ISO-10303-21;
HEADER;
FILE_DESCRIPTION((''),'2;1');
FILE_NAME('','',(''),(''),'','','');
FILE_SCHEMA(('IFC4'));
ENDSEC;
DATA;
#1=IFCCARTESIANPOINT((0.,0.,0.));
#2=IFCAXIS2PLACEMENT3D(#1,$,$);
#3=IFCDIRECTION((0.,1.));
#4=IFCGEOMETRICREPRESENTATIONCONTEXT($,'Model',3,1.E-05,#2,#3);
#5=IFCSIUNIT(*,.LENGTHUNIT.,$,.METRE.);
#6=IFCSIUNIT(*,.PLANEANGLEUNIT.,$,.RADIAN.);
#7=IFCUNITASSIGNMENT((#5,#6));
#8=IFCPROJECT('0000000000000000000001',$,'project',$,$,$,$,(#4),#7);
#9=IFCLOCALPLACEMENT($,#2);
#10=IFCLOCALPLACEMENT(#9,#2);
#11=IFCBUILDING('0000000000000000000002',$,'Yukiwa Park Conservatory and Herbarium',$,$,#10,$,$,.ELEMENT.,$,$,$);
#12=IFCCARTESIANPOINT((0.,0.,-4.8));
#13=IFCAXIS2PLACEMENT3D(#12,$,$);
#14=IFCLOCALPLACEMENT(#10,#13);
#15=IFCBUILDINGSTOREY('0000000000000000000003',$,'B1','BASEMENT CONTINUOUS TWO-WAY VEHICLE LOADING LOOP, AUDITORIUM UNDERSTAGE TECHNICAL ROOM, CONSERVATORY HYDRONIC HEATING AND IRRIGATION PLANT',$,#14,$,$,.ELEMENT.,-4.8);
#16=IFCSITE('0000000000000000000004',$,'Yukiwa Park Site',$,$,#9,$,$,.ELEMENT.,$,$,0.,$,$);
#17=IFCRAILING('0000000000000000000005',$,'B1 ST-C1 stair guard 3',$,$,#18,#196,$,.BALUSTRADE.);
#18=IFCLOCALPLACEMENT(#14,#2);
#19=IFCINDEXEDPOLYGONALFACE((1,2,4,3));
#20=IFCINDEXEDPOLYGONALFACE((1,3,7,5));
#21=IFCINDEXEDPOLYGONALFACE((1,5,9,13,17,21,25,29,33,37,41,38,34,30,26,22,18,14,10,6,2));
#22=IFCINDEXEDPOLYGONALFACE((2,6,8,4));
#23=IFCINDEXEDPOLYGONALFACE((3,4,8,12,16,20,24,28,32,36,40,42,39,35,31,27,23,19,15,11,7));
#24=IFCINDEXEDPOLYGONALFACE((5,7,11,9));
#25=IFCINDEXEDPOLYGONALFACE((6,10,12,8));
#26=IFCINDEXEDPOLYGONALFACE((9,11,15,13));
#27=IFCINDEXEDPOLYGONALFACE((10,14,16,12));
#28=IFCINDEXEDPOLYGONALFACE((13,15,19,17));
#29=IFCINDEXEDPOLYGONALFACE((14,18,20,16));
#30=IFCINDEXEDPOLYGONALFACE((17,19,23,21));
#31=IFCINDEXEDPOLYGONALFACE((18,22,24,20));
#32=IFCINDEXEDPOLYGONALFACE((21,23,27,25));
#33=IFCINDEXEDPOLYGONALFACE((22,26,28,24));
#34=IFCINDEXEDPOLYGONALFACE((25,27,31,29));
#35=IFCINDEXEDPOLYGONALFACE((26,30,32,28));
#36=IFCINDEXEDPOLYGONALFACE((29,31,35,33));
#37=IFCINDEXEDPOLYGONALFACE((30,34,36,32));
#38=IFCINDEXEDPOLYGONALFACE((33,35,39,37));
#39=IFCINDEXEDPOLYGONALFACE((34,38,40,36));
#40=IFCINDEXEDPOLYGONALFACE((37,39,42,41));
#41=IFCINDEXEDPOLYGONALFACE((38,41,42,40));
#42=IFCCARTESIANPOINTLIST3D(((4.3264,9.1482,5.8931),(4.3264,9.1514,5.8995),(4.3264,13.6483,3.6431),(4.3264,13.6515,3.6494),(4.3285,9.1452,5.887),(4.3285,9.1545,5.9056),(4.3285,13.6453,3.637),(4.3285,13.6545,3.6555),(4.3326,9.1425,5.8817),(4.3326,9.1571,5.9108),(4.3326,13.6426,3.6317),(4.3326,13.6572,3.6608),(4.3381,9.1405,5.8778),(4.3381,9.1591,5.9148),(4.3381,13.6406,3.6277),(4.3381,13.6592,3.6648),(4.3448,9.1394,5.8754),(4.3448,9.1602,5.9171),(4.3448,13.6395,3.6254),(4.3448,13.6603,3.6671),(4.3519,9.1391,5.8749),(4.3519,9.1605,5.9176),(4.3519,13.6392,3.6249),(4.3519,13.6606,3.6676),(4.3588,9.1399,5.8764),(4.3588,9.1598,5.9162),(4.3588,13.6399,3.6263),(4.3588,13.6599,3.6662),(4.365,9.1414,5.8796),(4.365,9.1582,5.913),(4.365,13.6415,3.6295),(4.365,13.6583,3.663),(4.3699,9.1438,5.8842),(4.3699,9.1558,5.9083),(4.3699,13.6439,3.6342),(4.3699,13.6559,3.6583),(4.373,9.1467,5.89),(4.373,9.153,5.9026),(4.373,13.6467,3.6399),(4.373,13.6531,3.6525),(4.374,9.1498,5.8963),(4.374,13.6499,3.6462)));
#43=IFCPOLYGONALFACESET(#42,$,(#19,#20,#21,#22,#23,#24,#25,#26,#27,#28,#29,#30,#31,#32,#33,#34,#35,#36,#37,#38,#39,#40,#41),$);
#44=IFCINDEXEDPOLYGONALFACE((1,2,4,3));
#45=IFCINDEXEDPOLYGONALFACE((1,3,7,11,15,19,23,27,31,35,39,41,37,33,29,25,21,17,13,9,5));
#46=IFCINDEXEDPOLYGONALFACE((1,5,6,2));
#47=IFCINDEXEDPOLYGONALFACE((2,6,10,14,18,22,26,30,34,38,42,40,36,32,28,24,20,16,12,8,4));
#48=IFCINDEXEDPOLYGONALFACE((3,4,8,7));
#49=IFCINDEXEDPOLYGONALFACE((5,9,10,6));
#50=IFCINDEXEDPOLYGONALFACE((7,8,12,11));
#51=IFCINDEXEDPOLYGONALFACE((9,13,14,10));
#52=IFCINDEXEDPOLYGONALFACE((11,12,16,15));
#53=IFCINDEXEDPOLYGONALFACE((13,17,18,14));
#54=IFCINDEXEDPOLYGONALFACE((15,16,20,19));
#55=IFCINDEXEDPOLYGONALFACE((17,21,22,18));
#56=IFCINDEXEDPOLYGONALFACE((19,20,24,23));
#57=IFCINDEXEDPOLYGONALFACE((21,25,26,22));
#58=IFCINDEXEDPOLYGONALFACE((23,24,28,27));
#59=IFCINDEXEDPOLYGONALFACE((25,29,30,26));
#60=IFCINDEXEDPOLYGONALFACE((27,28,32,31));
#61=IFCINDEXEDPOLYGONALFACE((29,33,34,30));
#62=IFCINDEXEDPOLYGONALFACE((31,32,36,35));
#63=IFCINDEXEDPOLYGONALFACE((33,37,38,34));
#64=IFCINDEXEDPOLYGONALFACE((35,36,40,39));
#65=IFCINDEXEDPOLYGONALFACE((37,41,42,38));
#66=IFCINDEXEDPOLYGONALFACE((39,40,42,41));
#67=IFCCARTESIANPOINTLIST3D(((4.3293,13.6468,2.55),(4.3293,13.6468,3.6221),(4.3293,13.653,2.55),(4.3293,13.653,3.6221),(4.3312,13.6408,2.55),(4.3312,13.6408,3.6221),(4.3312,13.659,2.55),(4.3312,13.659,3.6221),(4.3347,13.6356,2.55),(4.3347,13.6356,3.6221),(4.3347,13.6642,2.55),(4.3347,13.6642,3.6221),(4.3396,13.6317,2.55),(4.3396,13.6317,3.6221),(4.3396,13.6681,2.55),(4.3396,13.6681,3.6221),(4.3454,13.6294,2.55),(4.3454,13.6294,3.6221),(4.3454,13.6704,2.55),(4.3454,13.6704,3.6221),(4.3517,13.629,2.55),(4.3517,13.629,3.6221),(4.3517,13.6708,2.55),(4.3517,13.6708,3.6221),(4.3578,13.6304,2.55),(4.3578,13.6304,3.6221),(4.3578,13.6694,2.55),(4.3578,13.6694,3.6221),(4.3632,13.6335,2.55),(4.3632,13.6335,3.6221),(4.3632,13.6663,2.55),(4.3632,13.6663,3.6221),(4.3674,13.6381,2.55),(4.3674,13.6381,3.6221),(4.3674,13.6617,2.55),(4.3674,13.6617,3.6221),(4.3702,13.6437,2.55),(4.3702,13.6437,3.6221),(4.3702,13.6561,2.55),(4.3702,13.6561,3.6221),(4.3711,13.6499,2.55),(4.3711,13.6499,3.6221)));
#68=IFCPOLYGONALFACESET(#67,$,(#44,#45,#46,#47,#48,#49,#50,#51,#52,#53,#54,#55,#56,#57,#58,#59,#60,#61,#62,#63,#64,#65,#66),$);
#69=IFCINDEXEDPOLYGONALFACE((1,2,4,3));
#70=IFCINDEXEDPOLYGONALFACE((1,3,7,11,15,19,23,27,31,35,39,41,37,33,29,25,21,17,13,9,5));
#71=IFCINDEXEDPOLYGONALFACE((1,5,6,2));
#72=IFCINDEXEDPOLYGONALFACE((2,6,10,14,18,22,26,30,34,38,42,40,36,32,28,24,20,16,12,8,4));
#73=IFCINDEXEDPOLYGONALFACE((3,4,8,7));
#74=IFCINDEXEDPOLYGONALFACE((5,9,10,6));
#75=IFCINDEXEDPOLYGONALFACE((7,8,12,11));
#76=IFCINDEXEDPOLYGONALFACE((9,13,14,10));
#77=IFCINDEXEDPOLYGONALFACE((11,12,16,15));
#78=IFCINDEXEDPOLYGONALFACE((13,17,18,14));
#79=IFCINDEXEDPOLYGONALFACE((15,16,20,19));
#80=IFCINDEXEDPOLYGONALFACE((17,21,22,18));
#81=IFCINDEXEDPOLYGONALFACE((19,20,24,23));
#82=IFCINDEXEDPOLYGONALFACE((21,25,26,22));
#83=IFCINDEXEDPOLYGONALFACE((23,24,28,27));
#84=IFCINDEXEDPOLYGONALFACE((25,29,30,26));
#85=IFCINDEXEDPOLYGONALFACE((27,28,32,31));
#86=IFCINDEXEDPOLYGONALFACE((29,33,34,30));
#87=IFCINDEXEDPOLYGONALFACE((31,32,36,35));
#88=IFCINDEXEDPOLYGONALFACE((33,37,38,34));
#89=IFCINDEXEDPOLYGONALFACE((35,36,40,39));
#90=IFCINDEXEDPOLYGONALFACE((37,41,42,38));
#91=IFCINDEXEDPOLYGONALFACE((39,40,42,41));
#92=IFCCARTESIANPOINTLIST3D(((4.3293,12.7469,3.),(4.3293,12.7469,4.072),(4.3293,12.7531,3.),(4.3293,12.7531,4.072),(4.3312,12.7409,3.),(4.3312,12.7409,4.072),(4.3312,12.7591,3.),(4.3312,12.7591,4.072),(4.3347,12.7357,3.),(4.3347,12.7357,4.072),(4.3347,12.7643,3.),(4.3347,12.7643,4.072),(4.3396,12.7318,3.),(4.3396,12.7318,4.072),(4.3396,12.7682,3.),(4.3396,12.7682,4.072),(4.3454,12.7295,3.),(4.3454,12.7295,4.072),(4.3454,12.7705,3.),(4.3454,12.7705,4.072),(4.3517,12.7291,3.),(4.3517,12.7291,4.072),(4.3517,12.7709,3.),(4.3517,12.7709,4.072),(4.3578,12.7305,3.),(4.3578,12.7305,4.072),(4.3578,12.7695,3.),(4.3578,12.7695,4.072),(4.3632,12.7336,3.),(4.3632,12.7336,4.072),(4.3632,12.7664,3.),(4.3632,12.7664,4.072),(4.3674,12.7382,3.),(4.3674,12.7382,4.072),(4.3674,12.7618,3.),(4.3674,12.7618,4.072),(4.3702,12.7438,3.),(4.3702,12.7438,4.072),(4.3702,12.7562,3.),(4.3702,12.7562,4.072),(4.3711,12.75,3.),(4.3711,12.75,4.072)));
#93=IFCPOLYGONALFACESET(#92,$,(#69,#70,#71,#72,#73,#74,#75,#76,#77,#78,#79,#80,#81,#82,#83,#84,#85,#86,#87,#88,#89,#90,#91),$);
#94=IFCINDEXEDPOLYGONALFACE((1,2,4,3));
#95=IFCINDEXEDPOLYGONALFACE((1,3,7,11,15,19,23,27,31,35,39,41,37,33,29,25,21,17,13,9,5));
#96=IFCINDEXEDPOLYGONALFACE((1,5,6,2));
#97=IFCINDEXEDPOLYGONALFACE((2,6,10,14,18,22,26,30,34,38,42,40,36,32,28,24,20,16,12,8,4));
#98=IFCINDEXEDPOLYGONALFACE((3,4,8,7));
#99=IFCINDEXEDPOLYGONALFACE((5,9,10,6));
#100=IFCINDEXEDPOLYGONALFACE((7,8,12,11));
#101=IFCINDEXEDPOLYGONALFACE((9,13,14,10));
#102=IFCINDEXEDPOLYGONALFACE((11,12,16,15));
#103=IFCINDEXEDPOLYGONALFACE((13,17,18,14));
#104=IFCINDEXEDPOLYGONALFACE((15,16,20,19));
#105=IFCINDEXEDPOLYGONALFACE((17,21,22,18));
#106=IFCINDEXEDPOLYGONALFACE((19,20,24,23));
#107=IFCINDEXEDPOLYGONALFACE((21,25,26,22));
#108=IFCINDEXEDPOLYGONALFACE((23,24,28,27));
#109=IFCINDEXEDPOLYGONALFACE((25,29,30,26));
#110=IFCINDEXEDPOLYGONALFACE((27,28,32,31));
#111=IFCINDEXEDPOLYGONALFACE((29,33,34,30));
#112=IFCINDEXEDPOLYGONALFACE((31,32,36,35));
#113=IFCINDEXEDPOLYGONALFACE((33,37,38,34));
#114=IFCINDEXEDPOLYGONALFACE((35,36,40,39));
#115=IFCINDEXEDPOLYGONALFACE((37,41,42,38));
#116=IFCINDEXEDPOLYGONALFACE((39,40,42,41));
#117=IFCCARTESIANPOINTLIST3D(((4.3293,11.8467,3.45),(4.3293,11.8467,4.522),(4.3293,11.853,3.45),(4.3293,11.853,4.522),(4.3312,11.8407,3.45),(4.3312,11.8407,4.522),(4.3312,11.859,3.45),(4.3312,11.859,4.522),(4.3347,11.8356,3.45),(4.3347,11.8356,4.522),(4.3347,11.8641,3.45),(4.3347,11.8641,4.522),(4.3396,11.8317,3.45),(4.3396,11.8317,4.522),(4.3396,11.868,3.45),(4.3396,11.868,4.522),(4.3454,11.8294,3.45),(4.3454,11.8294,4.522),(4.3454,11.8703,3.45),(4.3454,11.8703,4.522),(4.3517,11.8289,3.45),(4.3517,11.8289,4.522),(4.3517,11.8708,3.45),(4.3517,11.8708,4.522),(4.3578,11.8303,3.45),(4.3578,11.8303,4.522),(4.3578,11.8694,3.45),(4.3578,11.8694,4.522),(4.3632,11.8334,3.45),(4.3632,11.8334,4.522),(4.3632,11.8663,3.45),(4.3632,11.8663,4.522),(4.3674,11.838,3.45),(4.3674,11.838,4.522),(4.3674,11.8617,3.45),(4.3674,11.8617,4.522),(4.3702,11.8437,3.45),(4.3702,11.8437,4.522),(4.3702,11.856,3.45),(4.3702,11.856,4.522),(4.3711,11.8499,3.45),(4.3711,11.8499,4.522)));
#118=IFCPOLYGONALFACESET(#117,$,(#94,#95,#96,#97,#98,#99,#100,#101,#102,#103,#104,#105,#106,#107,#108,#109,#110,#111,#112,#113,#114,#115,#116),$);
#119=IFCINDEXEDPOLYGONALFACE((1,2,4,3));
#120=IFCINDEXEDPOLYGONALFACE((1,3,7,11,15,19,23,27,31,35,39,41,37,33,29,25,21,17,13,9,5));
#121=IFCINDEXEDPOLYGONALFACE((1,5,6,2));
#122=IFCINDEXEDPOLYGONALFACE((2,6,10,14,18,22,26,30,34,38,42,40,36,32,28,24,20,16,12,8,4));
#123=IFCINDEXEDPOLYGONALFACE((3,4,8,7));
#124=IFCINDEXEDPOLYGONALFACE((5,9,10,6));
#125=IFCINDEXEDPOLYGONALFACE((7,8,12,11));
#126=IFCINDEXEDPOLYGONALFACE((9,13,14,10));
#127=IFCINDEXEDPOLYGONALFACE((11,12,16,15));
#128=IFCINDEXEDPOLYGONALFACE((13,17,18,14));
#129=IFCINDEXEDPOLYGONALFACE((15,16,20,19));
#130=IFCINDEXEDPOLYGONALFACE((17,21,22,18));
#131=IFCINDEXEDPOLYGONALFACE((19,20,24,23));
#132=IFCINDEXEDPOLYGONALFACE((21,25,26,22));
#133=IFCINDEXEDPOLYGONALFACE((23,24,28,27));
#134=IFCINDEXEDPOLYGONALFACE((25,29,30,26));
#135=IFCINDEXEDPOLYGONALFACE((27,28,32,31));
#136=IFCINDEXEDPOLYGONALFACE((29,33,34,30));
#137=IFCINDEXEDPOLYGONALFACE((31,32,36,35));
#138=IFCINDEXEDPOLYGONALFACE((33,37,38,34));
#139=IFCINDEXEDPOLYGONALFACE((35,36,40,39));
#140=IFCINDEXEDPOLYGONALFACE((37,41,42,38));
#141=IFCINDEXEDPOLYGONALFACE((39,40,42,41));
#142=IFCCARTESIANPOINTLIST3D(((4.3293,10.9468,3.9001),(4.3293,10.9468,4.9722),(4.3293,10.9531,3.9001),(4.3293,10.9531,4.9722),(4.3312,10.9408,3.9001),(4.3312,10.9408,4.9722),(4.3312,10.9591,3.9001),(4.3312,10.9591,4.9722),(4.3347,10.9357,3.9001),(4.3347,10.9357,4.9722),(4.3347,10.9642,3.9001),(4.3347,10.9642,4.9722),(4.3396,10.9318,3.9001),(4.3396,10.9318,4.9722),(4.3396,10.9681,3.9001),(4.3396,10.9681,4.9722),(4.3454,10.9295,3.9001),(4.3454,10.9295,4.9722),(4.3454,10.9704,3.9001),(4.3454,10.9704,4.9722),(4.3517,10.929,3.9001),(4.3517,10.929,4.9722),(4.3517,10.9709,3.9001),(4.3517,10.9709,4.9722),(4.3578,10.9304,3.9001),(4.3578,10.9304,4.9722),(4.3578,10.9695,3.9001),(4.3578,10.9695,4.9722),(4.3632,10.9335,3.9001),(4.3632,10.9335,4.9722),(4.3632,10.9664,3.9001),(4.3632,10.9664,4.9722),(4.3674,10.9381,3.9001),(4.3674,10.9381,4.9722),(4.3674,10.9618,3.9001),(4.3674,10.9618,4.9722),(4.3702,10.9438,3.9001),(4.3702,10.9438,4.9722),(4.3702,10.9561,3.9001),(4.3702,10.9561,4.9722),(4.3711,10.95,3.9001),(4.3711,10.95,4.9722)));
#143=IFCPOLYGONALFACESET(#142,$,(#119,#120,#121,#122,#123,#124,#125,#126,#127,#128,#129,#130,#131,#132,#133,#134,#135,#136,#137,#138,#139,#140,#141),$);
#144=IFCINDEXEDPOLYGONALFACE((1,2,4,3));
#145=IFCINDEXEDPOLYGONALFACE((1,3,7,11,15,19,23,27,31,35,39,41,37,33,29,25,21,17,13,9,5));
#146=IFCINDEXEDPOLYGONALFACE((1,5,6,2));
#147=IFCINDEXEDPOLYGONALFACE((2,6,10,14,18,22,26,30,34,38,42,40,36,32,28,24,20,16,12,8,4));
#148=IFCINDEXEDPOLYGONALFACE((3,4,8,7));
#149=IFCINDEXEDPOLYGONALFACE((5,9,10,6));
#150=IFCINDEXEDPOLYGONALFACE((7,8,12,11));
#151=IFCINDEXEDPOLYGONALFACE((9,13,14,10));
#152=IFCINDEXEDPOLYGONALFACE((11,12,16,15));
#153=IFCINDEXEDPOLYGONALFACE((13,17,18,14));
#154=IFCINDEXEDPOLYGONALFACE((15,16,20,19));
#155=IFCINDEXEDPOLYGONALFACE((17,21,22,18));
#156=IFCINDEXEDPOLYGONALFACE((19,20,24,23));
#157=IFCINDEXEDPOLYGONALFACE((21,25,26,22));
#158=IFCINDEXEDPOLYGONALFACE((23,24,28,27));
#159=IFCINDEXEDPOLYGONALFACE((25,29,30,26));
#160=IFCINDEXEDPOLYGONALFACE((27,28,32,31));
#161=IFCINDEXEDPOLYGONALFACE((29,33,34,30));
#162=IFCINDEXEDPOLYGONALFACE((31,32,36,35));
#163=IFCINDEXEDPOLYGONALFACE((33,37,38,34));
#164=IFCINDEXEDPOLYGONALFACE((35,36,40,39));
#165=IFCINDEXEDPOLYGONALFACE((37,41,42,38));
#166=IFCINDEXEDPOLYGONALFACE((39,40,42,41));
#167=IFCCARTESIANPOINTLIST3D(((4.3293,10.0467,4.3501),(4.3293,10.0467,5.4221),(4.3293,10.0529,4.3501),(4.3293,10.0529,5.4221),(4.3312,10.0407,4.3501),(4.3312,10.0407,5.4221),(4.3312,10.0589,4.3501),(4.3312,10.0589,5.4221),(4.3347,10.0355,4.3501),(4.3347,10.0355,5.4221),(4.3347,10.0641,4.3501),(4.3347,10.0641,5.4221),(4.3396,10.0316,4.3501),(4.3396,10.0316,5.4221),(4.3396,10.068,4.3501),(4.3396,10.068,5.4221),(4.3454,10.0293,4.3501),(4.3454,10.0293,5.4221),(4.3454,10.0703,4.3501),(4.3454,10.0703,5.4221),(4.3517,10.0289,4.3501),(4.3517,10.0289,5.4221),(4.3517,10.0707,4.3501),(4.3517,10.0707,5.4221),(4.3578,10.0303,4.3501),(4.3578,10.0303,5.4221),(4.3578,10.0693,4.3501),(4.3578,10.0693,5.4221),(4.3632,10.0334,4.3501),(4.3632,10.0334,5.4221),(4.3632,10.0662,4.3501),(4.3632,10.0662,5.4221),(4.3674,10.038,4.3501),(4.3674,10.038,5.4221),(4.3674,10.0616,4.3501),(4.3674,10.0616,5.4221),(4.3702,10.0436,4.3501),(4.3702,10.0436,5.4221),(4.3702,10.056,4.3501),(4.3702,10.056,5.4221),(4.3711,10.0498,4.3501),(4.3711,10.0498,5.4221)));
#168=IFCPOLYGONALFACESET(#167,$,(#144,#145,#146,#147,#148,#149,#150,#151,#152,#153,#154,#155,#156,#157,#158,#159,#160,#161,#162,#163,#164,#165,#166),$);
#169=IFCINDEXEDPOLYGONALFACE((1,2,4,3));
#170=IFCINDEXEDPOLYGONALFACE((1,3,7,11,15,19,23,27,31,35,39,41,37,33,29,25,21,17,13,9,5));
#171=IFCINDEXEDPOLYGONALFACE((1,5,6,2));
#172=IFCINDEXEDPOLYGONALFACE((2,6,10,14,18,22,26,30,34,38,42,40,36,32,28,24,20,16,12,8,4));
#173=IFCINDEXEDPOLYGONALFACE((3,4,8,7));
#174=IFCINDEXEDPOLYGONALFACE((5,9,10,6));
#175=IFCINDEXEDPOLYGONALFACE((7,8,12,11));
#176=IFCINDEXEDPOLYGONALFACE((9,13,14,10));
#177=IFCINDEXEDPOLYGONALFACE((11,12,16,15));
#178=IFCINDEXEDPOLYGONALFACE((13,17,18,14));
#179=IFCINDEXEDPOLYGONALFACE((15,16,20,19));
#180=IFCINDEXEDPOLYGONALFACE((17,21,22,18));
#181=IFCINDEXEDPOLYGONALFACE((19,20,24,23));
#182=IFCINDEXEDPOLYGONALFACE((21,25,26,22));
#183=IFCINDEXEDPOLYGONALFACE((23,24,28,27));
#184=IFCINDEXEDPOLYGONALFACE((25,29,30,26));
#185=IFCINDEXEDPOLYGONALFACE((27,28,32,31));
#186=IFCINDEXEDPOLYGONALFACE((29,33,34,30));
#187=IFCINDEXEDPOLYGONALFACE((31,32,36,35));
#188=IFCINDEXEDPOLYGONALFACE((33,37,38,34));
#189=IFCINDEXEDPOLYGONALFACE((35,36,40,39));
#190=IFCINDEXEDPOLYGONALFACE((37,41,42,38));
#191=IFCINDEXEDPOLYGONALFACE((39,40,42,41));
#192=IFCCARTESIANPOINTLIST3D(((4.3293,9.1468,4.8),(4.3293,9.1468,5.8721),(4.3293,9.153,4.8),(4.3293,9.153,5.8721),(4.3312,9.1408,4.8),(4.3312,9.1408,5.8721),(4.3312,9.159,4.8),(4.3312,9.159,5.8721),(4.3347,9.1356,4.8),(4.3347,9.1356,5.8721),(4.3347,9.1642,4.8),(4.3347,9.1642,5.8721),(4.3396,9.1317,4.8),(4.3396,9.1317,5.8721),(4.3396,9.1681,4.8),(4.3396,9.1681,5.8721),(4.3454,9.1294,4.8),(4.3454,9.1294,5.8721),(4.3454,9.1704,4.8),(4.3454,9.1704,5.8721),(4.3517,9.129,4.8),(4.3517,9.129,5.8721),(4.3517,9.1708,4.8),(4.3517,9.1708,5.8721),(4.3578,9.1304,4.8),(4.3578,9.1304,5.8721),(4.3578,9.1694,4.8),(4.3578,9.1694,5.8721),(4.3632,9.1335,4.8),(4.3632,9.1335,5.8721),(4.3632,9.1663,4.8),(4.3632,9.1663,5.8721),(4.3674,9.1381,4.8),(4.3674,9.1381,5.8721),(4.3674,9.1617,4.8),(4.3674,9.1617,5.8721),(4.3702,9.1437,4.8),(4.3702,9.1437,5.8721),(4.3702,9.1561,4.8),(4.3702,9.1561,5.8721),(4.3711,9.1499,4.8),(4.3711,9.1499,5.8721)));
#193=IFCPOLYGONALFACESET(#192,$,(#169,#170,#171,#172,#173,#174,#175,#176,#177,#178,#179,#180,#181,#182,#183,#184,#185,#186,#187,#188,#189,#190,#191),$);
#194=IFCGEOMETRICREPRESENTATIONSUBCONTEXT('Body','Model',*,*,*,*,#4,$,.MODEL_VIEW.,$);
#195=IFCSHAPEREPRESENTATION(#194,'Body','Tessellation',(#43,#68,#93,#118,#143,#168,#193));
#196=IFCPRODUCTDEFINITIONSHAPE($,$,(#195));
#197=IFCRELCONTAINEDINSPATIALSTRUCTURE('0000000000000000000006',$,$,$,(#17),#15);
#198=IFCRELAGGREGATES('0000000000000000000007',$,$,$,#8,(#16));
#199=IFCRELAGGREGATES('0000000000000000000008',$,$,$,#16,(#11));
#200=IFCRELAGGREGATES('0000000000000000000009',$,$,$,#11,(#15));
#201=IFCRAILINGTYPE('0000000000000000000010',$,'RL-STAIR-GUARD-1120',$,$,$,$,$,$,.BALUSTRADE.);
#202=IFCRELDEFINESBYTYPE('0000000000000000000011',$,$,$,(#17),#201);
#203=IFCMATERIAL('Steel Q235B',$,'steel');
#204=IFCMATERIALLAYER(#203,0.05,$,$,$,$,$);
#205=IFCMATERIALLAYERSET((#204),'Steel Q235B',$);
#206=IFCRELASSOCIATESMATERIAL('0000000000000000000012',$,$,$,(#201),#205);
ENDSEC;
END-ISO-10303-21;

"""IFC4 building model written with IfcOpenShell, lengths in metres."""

from ifc_helpers import new_model, si_unit, direction, frame, origin, origin_2d, place, context, subcontext, project, spatial, circle, extrude, material, layer, layer_set, type_object, element, save


model = new_model("IFC4")

# Units and contexts
model_context = context("Model", 3, precision=1e-05, world=origin(), true_north=direction((0.0, 1.0)))
body_context = subcontext(model_context, "Body", "Model", "MODEL_VIEW")
ifc_project = project(units=[si_unit("LENGTHUNIT", "METRE"), si_unit("PLANEANGLEUNIT", "RADIAN")], contexts=[model_context])

# Site, building, storey
site_placement = place(None, origin())
site = spatial("IfcSite", under=ifc_project, at=site_placement, Name="Yukiwa Park Site", CompositionType="ELEMENT", RefElevation=0.0)
building_placement = place(site_placement, origin())
building = spatial("IfcBuilding", under=site, at=building_placement, Name="Yukiwa Park Conservatory and Herbarium", CompositionType="ELEMENT")
storey_placement = place(building_placement, frame((0.0, 0.0, -4.8)))
storey = spatial("IfcBuildingStorey", under=building, at=storey_placement, Name="B1", Description="BASEMENT CONTINUOUS TWO-WAY VEHICLE LOADING LOOP, AUDITORIUM UNDERSTAGE TECHNICAL ROOM, CONSERVATORY HYDRONIC HEATING AND IRRIGATION PLANT", CompositionType="ELEMENT", Elevation=-4.8)

# Railing
ifc_material_1 = material(Name="Steel Q235B", Category="steel")
ifc_layer_1 = layer(ifc_material_1, 0.05)
ifc_layer_set_1 = layer_set([ifc_layer_1], Name="Steel Q235B")
railing_type_1 = type_object("IfcRailingType", Name="RL-STAIR-GUARD-1120", PredefinedType="BALUSTRADE", material=ifc_layer_set_1)
railing_1_placement = place(storey_placement, frame((4.3501, 13.6499, 2.55)))
element("IfcRailing", 1, at=railing_1_placement, inside=storey, type_object=railing_type_1, Name="B1 ST-C1 stair guard 3", PredefinedType="BALUSTRADE", context=body_context, shape_type="SweptSolid", body=[
    extrude(circle(Radius=0.0239, at=origin_2d()), frame((0.0, 0.0, 1.0962), z_axis=(0.0, -0.894427, 0.447214), x_axis=(1.0, 0.0, 0.0)), (0.0, 0.0, 1.0), 5.0312),
    extrude(circle(Radius=0.021, at=origin_2d()), origin(), (0.0, 0.0, 1.0), 1.072),
    extrude(circle(Radius=0.021, at=origin_2d()), frame((0.0, -0.8999, 0.45)), (0.0, 0.0, 1.0), 1.072),
    extrude(circle(Radius=0.021, at=origin_2d()), frame((0.0, -1.8, 0.8999)), (0.0, 0.0, 1.0), 1.072),
    extrude(circle(Radius=0.021, at=origin_2d()), frame((0.0, -2.7, 1.3501)), (0.0, 0.0, 1.0), 1.072),
    extrude(circle(Radius=0.021, at=origin_2d()), frame((0.0, -3.6001, 1.8)), (0.0, 0.0, 1.0), 1.072),
    extrude(circle(Radius=0.021, at=origin_2d()), frame((0.0, -4.5, 2.25)), (0.0, 0.0, 1.0), 1.072),
])

save(model, "model.ifc")
